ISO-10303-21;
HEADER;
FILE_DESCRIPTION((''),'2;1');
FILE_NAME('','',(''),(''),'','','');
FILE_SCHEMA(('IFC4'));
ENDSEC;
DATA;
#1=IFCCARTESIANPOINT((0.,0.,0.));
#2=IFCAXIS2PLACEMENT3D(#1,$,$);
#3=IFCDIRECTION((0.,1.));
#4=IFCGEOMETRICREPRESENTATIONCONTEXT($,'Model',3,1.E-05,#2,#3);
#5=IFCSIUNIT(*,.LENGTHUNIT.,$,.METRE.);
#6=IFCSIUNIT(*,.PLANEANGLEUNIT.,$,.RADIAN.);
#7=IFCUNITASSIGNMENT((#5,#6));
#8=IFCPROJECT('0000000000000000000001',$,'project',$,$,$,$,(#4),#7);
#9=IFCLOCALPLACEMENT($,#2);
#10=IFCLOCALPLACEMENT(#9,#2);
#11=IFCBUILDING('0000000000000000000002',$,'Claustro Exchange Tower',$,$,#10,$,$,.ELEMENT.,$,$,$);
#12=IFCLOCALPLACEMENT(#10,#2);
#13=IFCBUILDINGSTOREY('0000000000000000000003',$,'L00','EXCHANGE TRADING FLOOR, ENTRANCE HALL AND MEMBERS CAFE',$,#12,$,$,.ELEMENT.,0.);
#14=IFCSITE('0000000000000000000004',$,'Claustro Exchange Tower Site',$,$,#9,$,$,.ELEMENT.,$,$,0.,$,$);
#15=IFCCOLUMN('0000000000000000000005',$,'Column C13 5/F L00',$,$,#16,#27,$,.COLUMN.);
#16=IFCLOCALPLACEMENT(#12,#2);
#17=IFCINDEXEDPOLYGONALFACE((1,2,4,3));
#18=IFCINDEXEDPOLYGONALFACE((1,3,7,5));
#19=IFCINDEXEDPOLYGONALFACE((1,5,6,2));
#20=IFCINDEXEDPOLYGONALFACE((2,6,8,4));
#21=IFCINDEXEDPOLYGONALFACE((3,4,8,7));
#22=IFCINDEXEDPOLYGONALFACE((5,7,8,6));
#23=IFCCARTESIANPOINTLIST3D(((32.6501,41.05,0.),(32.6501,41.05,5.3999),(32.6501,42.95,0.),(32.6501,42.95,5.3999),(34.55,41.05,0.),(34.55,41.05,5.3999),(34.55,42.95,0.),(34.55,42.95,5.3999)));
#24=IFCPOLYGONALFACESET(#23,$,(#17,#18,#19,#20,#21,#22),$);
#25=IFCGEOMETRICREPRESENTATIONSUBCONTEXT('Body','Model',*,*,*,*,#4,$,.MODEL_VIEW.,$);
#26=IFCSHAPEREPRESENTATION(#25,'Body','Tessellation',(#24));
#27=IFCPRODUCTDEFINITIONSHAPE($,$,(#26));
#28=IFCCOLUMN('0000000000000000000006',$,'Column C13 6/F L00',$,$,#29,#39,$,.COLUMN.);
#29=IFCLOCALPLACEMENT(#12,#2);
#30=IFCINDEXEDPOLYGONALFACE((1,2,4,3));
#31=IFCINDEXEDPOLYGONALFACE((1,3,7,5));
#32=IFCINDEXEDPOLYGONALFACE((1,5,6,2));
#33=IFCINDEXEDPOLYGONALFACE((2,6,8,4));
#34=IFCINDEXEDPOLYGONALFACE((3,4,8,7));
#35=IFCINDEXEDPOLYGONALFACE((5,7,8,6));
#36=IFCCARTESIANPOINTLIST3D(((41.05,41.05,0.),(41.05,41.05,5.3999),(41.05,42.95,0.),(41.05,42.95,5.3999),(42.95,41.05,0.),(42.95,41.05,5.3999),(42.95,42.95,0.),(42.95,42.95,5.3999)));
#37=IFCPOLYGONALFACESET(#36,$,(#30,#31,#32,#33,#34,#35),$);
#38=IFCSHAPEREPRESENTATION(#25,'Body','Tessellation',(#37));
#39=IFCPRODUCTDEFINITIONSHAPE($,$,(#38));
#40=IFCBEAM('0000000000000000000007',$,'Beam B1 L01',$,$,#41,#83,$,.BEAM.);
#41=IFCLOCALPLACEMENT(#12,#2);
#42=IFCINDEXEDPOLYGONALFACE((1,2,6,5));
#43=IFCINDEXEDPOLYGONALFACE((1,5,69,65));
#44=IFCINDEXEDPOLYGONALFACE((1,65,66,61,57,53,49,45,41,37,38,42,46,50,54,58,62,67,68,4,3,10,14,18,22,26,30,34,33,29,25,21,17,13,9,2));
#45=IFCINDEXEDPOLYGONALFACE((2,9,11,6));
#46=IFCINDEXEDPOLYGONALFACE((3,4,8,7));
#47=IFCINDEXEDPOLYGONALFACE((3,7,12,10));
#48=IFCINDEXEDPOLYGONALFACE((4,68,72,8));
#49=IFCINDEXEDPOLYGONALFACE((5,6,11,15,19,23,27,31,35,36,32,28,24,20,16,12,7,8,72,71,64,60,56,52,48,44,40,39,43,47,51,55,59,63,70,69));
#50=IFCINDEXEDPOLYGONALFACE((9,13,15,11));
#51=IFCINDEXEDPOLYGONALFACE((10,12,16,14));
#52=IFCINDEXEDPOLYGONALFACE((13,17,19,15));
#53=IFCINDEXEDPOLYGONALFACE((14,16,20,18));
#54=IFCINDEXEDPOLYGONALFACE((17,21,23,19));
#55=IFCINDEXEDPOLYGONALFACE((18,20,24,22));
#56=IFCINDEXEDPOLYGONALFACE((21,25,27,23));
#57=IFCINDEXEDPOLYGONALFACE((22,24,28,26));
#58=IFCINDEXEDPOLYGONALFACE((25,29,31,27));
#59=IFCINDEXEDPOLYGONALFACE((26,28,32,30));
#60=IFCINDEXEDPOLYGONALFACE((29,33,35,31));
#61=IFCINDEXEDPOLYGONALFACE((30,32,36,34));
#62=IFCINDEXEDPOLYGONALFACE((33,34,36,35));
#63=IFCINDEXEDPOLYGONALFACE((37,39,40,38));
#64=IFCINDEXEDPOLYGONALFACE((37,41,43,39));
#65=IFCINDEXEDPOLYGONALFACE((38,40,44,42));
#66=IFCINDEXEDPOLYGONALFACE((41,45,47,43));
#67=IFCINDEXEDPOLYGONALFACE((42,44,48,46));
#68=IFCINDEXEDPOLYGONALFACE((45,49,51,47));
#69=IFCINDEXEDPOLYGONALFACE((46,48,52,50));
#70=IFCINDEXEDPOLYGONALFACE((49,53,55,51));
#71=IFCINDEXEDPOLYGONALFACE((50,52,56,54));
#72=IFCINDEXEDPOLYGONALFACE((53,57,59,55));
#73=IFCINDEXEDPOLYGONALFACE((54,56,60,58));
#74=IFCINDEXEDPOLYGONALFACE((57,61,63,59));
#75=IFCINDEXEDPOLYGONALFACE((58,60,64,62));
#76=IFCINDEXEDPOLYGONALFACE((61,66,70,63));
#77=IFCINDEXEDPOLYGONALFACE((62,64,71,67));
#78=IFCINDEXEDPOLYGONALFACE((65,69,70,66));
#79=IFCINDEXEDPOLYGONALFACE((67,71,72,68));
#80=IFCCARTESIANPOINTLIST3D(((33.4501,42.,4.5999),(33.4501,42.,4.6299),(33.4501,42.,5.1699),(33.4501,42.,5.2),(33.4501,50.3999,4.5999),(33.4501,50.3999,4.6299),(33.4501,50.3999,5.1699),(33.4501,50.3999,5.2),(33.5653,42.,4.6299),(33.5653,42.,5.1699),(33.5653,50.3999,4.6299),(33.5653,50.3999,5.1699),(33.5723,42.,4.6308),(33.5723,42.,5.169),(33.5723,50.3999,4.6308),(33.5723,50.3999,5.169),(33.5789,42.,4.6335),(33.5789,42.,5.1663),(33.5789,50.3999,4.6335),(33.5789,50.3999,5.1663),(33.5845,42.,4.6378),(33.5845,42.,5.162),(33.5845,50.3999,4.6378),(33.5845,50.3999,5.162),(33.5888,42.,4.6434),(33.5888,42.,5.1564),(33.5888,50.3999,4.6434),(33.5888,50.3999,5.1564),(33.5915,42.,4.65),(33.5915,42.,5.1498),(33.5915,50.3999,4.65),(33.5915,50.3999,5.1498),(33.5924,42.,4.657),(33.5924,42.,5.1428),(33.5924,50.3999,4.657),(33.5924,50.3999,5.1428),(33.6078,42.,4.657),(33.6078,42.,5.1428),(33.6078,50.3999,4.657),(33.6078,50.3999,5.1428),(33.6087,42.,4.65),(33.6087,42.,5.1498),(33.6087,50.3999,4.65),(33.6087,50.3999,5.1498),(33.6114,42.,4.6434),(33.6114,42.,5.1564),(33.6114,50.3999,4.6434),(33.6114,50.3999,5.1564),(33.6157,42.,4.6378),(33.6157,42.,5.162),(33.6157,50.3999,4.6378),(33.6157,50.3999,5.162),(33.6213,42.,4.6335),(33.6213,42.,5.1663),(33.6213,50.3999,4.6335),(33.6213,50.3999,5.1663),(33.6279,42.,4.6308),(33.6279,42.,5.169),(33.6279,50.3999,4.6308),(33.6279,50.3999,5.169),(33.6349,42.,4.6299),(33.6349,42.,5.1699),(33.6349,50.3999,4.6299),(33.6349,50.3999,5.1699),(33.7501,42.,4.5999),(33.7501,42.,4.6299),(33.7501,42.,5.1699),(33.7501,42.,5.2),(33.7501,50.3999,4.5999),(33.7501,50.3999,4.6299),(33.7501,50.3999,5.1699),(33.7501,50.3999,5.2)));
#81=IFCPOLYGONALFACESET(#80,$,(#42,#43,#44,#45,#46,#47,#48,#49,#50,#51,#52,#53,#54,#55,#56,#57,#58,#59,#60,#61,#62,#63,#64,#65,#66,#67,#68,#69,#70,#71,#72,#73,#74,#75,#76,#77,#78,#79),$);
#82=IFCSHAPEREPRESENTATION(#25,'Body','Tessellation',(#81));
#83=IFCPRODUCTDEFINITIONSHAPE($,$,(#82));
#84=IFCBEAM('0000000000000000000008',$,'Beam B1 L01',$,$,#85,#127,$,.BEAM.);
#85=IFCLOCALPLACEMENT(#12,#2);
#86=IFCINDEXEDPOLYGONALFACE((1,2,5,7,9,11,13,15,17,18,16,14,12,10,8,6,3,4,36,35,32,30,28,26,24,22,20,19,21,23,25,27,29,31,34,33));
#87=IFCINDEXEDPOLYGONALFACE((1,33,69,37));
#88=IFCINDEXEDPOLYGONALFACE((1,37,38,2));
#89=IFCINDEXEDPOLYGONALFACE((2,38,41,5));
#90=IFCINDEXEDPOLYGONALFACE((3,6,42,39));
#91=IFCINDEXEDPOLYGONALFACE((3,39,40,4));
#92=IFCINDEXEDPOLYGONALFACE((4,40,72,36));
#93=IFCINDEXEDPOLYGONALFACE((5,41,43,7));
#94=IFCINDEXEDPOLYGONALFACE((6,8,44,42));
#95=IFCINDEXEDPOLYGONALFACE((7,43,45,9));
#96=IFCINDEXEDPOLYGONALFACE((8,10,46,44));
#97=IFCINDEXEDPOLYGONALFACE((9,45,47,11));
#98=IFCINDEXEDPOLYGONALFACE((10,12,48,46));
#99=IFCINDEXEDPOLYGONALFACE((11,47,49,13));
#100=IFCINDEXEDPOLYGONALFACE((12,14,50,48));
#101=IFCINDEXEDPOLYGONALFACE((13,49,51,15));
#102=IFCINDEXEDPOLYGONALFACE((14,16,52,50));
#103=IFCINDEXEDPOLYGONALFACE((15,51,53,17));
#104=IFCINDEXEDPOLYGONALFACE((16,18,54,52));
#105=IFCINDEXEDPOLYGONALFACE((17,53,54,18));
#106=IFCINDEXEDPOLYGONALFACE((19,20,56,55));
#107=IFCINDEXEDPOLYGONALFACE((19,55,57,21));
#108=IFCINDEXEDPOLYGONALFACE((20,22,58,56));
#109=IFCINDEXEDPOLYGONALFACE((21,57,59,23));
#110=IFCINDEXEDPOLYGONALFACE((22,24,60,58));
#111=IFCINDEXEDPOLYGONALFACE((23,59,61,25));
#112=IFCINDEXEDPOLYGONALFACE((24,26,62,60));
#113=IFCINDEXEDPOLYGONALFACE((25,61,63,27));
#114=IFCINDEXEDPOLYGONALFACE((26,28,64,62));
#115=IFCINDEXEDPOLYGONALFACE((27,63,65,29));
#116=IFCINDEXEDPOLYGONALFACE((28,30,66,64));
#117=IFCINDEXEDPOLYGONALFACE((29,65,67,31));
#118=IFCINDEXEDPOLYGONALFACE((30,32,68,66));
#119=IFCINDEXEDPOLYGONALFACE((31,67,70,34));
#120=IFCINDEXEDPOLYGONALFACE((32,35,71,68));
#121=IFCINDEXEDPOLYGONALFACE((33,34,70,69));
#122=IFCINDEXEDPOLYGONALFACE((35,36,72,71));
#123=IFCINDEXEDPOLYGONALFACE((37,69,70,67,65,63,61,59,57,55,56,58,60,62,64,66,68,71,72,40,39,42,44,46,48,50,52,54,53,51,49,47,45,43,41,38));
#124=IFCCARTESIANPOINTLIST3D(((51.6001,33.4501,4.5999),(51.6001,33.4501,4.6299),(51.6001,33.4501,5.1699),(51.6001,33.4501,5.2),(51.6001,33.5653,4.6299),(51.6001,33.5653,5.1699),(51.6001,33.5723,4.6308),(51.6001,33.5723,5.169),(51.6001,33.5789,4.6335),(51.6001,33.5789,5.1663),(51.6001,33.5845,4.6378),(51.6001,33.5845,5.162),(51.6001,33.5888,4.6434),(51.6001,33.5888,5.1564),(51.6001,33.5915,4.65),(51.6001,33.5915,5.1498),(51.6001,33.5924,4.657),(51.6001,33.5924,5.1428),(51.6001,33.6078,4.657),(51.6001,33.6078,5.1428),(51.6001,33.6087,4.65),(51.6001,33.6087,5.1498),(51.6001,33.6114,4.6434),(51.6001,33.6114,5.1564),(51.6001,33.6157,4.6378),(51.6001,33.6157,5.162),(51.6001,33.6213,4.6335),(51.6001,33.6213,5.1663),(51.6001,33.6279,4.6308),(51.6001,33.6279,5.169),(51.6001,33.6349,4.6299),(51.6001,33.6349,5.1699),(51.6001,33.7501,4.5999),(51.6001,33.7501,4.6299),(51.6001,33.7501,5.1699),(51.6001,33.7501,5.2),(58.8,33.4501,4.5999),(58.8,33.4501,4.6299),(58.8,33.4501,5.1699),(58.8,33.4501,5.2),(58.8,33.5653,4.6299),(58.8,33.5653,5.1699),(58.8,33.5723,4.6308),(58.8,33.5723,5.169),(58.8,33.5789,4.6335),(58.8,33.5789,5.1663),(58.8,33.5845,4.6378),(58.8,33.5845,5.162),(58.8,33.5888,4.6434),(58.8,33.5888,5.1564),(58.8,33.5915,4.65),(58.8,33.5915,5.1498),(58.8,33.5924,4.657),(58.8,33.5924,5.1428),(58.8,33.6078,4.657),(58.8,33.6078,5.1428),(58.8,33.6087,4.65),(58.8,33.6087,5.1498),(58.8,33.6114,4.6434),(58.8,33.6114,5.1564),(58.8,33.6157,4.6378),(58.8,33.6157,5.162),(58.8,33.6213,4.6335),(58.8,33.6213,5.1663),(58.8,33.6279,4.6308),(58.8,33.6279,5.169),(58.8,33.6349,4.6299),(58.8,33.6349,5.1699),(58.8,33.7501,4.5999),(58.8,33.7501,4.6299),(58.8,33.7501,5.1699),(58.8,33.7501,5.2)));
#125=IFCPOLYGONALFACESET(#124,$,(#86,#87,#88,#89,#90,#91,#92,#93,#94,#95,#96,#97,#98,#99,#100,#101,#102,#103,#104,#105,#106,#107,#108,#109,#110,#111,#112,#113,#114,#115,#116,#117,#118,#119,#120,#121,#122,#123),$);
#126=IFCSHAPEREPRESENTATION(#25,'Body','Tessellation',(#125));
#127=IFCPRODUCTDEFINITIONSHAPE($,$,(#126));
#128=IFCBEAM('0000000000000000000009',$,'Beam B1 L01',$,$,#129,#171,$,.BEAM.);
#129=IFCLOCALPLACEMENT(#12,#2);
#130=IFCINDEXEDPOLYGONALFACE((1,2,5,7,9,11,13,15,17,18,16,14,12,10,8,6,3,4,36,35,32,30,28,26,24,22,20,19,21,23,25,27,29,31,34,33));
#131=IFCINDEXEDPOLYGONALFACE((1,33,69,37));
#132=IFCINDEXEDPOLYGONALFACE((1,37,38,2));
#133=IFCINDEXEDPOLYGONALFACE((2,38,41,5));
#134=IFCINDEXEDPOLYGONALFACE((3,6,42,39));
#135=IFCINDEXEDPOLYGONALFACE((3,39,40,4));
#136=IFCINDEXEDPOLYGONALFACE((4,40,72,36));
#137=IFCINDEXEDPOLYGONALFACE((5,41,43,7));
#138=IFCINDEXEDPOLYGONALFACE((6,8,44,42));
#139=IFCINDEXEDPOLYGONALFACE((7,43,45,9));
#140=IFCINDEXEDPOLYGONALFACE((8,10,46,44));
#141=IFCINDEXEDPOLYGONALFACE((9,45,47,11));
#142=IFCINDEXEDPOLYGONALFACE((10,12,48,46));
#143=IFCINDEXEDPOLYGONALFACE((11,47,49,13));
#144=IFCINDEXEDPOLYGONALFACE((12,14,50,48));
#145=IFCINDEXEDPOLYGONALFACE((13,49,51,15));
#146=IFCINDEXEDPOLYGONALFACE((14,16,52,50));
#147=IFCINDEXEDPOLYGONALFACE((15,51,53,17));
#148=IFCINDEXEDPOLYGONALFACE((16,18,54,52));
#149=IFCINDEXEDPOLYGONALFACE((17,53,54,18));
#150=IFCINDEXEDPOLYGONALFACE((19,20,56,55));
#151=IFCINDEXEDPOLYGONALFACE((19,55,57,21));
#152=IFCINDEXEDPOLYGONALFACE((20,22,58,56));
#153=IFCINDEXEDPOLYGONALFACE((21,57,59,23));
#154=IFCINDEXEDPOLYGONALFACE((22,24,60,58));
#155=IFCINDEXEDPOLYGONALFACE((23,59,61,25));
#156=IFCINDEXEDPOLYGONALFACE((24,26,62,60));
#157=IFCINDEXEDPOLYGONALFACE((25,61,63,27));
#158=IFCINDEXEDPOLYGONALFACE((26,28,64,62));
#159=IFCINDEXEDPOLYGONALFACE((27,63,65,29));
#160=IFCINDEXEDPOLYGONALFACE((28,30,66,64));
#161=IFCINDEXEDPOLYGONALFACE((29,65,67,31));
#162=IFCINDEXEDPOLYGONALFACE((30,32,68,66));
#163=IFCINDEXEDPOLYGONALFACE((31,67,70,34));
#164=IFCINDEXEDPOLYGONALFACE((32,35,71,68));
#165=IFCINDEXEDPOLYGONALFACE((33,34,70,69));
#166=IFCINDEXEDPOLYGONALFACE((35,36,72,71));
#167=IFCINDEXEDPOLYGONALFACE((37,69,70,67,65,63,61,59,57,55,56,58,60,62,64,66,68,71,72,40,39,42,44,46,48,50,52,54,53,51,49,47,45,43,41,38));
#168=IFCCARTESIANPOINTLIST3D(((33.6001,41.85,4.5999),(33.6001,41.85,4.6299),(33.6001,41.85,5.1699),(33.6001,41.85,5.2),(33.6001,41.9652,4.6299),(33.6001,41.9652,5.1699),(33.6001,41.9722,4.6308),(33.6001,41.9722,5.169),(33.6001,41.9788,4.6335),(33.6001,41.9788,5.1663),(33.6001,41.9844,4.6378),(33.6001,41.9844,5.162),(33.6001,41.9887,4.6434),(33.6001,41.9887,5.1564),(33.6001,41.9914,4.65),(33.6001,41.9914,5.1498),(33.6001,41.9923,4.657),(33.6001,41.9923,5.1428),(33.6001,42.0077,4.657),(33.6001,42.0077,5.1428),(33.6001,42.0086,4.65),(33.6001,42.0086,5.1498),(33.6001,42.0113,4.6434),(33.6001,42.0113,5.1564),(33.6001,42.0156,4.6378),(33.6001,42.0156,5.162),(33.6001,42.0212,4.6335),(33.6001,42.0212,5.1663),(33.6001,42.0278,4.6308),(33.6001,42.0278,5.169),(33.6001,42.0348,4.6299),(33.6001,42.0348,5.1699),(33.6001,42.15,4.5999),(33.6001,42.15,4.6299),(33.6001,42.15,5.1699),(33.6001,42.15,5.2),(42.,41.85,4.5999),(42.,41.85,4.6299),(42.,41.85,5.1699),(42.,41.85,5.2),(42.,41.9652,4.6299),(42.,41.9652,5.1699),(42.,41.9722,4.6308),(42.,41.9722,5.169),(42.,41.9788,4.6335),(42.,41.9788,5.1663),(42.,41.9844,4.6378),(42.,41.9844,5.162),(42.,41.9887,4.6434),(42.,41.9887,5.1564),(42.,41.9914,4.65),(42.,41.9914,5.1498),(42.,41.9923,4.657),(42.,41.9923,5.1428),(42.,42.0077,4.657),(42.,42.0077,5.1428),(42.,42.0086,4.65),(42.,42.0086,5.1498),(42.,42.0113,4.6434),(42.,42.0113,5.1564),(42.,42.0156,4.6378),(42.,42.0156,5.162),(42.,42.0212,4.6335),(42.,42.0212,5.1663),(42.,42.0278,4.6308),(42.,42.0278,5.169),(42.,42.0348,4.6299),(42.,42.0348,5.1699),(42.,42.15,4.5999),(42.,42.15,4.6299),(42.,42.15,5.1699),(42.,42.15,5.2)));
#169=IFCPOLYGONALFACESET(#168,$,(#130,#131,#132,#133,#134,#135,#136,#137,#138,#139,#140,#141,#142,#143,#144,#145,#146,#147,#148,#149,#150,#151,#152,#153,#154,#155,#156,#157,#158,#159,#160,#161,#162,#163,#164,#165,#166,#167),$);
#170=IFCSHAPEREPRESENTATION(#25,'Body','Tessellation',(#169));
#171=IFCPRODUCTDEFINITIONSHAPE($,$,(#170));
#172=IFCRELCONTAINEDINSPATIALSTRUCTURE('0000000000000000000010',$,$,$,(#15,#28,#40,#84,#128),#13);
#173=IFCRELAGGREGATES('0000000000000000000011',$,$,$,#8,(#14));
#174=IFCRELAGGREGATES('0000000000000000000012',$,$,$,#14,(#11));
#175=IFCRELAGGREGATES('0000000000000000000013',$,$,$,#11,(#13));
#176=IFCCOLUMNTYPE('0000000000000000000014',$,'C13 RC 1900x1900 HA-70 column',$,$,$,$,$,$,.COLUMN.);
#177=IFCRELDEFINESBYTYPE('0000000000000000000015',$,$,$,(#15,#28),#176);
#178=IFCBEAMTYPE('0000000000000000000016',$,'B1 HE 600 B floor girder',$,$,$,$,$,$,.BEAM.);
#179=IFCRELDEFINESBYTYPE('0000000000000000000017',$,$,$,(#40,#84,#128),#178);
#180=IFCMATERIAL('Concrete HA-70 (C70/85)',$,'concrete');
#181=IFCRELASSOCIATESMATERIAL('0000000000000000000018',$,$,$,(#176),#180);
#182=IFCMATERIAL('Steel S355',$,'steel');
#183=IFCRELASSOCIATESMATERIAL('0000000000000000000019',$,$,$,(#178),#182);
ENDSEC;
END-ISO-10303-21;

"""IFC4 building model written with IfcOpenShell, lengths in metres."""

from ifc_helpers import new_model, si_unit, direction, frame, origin, origin_2d, place, context, subcontext, project, spatial, rectangle, i_section, extrude, material, material_profile, profile_set, type_object, element, save


model = new_model("IFC4")

# Units and contexts
model_context = context("Model", 3, precision=1e-05, world=origin(), true_north=direction((0.0, 1.0)))
body_context = subcontext(model_context, "Body", "Model", "MODEL_VIEW")
ifc_project = project(units=[si_unit("LENGTHUNIT", "METRE"), si_unit("PLANEANGLEUNIT", "RADIAN")], contexts=[model_context])

# Site, building, storey
site_placement = place(None, origin())
site = spatial("IfcSite", under=ifc_project, at=site_placement, Name="Claustro Exchange Tower Site", CompositionType="ELEMENT", RefElevation=0.0)
building_placement = place(site_placement, origin())
building = spatial("IfcBuilding", under=site, at=building_placement, Name="Claustro Exchange Tower", CompositionType="ELEMENT")
storey_placement = place(building_placement, origin())
storey = spatial("IfcBuildingStorey", under=building, at=storey_placement, Name="L00", Description="EXCHANGE TRADING FLOOR, ENTRANCE HALL AND MEMBERS CAFE", CompositionType="ELEMENT", Elevation=0.0)

# Columns
ifc_material_1 = material(Name="Concrete HA-70 (C70/85)", Category="concrete")
ifc_material_profile_1 = material_profile(ifc_material_1, rectangle(XDim=1.8999, YDim=1.8999, at=origin_2d()), Name="RC 1900x1900")
ifc_profile_set_1 = profile_set([ifc_material_profile_1], Name="Concrete HA-70 (C70/85)")
column_type = type_object("IfcColumnType", Name="C13 RC 1900x1900 HA-70 column", PredefinedType="COLUMN", material=ifc_profile_set_1)
for number, where, z_axis, x_axis, name in (
    (1, (33.6001, 42.0, 0.0), (0.0, 0.0, 1.0), (1.0, 0.0, 0.0), "Column C13 5/F L00"),
    (2, (42.0, 42.0, 0.0), (0.0, 0.0, 1.0), (1.0, 0.0, 0.0), "Column C13 6/F L00"),
):
    element("IfcColumn", number, at=place(storey_placement, frame(where, z_axis=z_axis, x_axis=x_axis)), inside=storey, type_object=column_type, Name=name, PredefinedType="COLUMN", context=body_context, shape_type="SweptSolid", body=[
        extrude(rectangle(XDim=1.8999, YDim=1.8999, at=origin_2d()), origin(), (0.0, 0.0, 1.0), 5.3999),
    ])

# Beams
ifc_material_2 = material(Name="Steel S355", Category="steel")
ifc_material_profile_2 = material_profile(ifc_material_2, i_section(OverallWidth=0.3, OverallDepth=0.6001, WebThickness=0.0154, FlangeThickness=0.03, FilletRadius=0.0271, at=origin_2d()), Name="HE 600 B")
ifc_profile_set_2 = profile_set([ifc_material_profile_2], Name="Steel S355")
beam_type_1 = type_object("IfcBeamType", Name="B1 HE 600 B floor girder", PredefinedType="BEAM", material=ifc_profile_set_2)
beam_1_placement = place(storey_placement, frame((33.6001, 42.0, 4.8999), z_axis=(0.0, 1.0, 0.0), x_axis=(-1.0, 0.0, 0.0)))
element("IfcBeam", 3, at=beam_1_placement, inside=storey, type_object=beam_type_1, Name="Beam B1 L01", PredefinedType="BEAM", context=body_context, shape_type="SweptSolid", body=[
    extrude(i_section(OverallWidth=0.3, OverallDepth=0.6001, WebThickness=0.0154, FlangeThickness=0.03, FilletRadius=0.0271, at=origin_2d()), origin(), (0.0, 0.0, 1.0), 8.3999),
])
beam_2_placement = place(storey_placement, frame((51.6001, 33.6001, 4.8999), z_axis=(1.0, 0.0, 0.0), x_axis=(0.0, 1.0, 0.0)))
element("IfcBeam", 4, at=beam_2_placement, inside=storey, type_object=beam_type_1, Name="Beam B1 L01", PredefinedType="BEAM", context=body_context, shape_type="SweptSolid", body=[
    extrude(i_section(OverallWidth=0.3, OverallDepth=0.6001, WebThickness=0.0154, FlangeThickness=0.03, FilletRadius=0.0271, at=origin_2d()), origin(), (0.0, 0.0, 1.0), 7.2),
])
beam_3_placement = place(storey_placement, frame((33.6001, 42.0, 4.8999), z_axis=(1.0, 0.0, 0.0), x_axis=(0.0, 1.0, 0.0)))
element("IfcBeam", 5, at=beam_3_placement, inside=storey, type_object=beam_type_1, Name="Beam B1 L01", PredefinedType="BEAM", context=body_context, shape_type="SweptSolid", body=[
    extrude(i_section(OverallWidth=0.3, OverallDepth=0.6001, WebThickness=0.0154, FlangeThickness=0.03, FilletRadius=0.0271, at=origin_2d()), origin(), (0.0, 0.0, 1.0), 8.3999),
])

save(model, "model.ifc")
